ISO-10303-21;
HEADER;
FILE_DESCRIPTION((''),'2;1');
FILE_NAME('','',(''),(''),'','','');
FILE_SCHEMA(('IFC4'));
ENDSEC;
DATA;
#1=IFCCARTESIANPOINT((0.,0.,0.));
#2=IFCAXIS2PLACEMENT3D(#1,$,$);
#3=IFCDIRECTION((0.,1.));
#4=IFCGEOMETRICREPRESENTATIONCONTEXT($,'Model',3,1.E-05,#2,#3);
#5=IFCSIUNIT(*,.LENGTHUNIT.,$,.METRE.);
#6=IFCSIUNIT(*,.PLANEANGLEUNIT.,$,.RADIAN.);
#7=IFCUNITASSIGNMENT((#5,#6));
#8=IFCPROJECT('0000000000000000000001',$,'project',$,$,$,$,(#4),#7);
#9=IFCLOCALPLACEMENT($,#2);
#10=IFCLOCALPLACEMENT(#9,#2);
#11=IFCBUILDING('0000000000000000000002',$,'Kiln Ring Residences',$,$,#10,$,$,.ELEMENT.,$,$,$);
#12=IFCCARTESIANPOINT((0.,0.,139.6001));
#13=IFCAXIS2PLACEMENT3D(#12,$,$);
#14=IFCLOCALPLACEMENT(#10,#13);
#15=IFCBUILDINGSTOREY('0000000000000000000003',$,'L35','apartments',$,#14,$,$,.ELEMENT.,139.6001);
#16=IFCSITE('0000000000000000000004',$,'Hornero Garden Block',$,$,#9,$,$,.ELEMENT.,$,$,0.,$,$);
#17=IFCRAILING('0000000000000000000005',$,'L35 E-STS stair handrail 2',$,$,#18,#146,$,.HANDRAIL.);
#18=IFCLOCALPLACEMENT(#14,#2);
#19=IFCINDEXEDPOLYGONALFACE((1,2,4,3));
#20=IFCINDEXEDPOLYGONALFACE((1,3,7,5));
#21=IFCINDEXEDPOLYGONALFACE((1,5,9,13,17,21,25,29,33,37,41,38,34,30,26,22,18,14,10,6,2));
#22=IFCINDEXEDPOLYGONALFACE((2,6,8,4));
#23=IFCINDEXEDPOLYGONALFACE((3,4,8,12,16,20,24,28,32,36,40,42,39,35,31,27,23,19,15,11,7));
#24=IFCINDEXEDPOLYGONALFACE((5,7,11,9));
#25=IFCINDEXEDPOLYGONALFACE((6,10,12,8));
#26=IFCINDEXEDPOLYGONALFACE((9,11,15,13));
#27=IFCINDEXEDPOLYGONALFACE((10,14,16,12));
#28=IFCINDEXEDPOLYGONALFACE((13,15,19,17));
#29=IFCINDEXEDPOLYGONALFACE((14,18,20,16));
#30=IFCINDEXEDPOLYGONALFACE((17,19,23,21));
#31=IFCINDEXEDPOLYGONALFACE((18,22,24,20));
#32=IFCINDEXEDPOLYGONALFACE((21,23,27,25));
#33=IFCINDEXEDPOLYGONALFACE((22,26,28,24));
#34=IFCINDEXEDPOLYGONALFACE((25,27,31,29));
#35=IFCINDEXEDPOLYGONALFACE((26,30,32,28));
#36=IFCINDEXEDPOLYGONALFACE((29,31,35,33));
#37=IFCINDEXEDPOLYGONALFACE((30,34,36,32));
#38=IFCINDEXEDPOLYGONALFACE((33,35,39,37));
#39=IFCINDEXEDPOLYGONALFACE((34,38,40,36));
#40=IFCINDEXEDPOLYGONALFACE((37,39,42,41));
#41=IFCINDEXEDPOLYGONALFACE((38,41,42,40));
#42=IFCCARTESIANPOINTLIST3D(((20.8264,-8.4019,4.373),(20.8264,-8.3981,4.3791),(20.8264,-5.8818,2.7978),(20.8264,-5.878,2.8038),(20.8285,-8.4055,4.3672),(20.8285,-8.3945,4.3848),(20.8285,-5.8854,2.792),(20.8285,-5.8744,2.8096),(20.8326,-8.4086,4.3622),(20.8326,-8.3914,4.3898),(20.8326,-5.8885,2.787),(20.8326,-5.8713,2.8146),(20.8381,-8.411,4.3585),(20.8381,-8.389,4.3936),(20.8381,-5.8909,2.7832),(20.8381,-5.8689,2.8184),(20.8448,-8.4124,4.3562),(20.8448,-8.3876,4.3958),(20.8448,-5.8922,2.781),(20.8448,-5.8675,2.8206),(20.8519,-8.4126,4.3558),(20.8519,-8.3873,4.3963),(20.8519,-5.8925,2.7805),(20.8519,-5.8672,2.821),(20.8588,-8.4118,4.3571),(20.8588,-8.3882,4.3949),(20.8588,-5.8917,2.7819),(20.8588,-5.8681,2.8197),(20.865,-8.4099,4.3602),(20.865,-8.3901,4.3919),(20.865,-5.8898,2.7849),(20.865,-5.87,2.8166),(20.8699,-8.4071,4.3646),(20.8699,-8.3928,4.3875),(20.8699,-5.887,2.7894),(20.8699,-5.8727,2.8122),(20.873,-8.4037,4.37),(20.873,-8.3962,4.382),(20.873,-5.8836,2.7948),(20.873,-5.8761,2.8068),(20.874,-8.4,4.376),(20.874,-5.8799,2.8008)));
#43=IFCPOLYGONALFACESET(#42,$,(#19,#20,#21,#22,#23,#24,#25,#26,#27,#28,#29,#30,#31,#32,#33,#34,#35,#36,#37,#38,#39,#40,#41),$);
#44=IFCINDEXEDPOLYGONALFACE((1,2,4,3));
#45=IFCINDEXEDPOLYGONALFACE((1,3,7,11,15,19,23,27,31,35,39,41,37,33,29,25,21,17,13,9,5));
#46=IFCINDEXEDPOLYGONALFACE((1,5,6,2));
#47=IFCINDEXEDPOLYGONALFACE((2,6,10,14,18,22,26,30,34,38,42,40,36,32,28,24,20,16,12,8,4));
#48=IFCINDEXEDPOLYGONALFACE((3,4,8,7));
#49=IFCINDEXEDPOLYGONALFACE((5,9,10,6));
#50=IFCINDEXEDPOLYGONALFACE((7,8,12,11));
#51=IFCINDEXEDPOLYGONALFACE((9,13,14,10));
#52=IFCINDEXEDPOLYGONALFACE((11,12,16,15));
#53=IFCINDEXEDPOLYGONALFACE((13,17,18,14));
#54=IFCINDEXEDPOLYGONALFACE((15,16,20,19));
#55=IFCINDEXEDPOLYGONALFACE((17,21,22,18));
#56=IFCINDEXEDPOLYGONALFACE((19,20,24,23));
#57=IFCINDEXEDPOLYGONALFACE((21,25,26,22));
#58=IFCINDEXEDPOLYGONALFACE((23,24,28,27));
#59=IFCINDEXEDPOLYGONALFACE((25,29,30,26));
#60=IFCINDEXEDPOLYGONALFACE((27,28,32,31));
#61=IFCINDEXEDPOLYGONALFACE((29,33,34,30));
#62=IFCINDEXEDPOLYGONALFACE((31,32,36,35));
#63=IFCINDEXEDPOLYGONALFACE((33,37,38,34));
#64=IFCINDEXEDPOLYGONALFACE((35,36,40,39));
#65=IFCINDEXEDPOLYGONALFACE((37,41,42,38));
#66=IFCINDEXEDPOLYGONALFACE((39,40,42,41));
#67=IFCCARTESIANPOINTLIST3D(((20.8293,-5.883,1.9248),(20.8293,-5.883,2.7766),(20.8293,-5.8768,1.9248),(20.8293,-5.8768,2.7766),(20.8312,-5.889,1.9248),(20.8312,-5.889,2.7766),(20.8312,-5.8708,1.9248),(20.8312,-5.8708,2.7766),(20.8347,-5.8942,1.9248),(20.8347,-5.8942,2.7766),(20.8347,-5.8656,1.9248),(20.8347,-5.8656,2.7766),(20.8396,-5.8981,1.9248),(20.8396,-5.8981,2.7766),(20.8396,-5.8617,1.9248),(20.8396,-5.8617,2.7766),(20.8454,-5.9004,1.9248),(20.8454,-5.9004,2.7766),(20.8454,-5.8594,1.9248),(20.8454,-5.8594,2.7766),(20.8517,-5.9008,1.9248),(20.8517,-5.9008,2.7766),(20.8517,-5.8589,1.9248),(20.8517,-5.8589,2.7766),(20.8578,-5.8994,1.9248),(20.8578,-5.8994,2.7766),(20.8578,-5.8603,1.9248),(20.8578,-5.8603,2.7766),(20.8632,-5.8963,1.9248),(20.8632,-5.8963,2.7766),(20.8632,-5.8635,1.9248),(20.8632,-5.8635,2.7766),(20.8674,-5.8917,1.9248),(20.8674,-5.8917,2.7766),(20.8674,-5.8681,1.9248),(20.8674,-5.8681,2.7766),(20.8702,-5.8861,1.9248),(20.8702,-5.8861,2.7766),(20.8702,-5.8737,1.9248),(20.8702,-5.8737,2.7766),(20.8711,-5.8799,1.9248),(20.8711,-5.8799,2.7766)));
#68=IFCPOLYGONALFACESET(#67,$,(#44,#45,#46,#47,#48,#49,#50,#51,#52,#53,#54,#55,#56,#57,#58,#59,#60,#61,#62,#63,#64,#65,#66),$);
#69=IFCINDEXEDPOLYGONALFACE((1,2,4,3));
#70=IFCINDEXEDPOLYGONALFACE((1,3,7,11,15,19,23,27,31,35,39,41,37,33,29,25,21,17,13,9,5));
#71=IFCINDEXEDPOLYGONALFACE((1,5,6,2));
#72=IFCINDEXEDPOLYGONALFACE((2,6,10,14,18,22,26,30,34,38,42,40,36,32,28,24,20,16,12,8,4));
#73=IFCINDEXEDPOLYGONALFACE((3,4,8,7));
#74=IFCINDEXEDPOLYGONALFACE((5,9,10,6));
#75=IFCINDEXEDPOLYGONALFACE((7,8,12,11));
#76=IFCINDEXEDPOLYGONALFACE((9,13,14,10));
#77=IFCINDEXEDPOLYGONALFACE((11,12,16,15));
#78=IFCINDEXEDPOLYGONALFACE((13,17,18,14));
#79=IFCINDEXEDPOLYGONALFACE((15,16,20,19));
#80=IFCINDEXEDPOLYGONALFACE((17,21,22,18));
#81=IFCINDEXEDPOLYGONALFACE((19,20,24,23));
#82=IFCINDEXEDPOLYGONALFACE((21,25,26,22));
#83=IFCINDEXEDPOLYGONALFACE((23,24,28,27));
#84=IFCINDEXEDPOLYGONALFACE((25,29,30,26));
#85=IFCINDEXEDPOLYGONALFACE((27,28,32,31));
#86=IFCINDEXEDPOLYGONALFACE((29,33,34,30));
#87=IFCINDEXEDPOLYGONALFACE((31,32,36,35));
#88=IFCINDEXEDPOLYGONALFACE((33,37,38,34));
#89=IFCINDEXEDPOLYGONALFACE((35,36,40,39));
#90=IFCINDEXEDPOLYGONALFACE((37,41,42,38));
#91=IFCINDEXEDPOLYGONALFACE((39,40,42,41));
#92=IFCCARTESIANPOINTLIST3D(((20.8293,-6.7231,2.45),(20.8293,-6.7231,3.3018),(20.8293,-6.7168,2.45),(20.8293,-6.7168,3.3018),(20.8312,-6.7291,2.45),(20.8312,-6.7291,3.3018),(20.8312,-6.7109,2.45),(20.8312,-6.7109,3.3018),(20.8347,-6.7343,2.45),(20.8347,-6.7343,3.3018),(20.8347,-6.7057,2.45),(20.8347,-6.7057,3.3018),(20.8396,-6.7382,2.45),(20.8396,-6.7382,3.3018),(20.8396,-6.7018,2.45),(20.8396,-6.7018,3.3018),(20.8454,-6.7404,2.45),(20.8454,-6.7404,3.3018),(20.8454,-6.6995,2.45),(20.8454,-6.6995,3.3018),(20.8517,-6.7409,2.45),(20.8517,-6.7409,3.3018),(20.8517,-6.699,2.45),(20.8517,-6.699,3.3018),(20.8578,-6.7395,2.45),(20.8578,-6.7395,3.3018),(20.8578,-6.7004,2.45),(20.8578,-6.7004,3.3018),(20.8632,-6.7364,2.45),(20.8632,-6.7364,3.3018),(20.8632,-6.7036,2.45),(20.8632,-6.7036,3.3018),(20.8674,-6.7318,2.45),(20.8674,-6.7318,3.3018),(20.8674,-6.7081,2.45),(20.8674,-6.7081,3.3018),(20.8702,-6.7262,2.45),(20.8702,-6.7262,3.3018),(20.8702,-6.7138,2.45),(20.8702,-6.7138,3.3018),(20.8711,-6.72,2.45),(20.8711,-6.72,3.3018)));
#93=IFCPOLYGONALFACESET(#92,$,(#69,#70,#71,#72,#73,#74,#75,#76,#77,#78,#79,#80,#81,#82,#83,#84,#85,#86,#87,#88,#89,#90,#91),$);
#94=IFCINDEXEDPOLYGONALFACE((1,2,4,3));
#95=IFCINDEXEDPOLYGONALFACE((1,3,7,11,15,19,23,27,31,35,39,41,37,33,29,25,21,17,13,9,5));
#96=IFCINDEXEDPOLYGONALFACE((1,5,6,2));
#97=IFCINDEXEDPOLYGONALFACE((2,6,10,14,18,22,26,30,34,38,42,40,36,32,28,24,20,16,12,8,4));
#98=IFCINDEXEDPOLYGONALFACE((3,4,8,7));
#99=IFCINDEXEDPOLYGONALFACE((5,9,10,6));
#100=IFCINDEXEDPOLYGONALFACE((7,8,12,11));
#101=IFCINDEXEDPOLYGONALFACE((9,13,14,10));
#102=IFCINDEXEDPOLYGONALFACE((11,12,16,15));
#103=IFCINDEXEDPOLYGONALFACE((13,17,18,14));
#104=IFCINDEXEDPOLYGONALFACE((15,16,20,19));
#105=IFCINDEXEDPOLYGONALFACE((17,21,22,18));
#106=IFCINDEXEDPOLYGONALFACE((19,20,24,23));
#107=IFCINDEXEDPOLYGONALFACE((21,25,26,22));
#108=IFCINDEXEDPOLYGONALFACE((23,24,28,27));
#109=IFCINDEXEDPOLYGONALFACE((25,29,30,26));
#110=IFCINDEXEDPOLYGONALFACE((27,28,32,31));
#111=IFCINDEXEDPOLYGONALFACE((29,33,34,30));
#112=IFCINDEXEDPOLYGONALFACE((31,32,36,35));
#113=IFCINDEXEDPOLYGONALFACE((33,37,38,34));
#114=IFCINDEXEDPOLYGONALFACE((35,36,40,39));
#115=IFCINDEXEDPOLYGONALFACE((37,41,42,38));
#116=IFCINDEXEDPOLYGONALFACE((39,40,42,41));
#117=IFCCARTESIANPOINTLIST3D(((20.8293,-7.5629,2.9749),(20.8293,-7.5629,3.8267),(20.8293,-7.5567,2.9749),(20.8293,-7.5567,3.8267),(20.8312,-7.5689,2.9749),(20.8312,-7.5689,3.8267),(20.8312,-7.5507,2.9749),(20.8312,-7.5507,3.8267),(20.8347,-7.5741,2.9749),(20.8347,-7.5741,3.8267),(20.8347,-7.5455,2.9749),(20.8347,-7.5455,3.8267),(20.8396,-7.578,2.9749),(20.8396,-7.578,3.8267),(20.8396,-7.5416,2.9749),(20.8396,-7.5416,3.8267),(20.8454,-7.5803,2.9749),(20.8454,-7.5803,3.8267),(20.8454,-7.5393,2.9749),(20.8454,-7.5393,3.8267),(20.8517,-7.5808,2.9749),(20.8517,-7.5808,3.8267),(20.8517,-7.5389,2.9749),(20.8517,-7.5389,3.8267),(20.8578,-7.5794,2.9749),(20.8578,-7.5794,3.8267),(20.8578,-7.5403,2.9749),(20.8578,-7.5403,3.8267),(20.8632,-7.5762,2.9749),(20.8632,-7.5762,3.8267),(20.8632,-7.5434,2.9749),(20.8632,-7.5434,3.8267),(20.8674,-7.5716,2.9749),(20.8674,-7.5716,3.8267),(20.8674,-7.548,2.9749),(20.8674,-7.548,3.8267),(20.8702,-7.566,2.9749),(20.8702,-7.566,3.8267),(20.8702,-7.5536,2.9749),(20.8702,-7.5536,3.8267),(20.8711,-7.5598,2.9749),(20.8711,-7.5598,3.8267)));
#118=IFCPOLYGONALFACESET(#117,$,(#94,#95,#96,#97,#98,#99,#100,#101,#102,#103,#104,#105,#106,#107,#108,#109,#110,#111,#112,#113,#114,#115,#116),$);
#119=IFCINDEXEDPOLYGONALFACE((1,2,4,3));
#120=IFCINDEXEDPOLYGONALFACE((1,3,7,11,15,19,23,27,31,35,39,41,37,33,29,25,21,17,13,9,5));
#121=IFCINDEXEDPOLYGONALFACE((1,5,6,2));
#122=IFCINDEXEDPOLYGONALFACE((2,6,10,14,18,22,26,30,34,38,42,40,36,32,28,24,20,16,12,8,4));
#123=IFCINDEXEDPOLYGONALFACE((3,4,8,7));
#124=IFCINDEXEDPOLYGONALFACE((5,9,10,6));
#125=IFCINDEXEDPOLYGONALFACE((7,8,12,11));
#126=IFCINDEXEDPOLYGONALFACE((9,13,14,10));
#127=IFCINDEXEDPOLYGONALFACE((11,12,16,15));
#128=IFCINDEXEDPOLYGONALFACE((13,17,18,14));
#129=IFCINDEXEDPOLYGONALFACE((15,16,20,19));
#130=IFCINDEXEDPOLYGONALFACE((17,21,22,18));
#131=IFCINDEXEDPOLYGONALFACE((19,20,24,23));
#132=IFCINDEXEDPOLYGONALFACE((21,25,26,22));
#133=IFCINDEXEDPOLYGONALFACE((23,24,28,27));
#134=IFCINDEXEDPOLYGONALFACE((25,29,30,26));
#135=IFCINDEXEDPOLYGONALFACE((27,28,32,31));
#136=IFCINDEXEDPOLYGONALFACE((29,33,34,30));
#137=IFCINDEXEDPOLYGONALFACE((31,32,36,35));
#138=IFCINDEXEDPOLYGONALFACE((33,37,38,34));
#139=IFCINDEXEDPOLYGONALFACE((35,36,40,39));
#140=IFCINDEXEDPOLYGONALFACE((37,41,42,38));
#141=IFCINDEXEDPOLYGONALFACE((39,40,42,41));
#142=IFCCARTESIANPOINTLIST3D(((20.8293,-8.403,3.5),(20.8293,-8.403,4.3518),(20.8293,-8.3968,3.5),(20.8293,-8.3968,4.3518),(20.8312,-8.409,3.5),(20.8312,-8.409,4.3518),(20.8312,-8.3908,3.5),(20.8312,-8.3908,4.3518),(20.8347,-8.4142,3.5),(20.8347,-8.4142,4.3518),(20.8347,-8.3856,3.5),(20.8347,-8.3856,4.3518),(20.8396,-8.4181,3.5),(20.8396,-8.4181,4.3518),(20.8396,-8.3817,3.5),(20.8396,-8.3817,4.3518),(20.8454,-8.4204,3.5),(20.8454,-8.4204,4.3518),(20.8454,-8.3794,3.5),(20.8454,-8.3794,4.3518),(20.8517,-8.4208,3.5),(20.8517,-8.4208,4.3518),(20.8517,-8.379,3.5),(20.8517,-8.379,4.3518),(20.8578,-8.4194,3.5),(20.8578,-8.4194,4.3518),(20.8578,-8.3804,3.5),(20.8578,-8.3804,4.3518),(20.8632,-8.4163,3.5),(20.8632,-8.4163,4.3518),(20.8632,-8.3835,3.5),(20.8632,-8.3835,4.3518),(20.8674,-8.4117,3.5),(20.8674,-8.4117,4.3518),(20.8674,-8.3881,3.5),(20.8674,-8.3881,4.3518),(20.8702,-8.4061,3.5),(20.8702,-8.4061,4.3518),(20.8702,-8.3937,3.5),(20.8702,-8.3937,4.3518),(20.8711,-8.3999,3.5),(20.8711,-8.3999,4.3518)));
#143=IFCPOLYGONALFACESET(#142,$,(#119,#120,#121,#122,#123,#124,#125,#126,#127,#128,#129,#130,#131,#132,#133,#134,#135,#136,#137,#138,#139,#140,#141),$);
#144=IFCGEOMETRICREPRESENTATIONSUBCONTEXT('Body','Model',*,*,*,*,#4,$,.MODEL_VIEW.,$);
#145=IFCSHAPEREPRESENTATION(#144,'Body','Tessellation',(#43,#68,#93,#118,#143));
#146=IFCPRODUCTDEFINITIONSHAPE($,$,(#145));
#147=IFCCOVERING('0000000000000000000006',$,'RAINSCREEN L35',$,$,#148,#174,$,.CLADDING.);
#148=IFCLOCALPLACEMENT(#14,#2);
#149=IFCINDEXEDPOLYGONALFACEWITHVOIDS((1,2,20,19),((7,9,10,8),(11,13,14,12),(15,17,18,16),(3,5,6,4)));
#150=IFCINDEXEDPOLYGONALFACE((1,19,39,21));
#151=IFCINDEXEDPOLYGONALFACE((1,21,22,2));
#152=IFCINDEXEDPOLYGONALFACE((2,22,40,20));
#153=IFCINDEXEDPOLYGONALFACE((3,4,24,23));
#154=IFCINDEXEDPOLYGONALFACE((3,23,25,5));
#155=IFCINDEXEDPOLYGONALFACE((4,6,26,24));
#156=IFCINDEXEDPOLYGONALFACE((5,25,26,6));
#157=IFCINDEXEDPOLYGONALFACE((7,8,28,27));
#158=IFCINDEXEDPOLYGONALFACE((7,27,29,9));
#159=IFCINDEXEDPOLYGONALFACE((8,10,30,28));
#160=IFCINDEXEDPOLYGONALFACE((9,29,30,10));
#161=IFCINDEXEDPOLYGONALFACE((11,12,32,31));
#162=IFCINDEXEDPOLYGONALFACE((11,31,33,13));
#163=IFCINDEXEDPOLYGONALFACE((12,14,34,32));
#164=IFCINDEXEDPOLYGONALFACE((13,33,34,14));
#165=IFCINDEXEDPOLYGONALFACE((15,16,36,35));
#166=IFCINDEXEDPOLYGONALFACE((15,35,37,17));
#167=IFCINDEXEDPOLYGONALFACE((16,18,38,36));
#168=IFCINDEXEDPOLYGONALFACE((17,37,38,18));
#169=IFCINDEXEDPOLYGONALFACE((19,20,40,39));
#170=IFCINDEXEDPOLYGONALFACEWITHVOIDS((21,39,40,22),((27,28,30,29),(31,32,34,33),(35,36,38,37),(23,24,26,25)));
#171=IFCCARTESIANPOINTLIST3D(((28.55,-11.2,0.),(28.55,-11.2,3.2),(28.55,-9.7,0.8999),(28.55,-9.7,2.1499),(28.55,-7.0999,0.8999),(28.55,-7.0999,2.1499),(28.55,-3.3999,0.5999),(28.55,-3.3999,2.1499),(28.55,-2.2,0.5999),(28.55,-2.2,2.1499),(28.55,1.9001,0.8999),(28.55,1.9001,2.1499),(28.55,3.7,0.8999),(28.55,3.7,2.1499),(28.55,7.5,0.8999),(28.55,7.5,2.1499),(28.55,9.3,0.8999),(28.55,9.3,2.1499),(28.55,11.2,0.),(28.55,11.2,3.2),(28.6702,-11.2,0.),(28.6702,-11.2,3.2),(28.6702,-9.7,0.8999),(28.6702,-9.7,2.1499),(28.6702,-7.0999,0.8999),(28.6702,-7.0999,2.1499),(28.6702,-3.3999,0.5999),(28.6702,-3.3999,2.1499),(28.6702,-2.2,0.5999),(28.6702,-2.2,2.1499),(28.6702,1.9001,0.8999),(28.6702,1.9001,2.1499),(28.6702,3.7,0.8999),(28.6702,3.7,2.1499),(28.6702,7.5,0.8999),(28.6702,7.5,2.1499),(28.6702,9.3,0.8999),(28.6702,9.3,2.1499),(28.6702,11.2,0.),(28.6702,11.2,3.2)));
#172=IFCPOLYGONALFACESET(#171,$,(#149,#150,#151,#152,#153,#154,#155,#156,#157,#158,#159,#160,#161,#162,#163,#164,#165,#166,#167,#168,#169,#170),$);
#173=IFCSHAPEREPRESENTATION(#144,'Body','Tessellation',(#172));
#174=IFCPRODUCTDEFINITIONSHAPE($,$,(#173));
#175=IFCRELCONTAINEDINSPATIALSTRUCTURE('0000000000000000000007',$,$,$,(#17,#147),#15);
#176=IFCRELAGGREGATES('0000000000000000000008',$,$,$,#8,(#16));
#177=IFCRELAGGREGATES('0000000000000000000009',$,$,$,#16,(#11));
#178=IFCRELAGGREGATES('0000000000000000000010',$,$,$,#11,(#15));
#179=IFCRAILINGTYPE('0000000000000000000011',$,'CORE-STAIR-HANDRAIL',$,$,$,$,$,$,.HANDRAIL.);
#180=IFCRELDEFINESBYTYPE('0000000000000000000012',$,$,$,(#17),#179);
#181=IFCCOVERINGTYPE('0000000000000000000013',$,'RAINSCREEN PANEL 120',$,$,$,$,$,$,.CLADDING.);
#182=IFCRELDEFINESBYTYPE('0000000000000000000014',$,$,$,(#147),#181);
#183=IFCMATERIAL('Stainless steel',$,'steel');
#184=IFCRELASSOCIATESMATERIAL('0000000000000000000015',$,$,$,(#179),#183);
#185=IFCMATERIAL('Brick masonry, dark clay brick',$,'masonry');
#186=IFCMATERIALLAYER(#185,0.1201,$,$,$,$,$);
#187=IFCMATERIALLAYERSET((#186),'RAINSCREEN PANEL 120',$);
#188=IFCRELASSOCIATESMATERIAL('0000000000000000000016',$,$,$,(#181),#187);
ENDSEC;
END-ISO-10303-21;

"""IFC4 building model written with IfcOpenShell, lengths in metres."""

from ifc_helpers import new_model, si_unit, direction, frame, origin, origin_2d, place, context, subcontext, project, spatial, polyline, circle, outline, extrude, material, layer, layer_set, type_object, element, save


model = new_model("IFC4")

# Units and contexts
model_context = context("Model", 3, precision=1e-05, world=origin(), true_north=direction((0.0, 1.0)))
body_context = subcontext(model_context, "Body", "Model", "MODEL_VIEW")
ifc_project = project(units=[si_unit("LENGTHUNIT", "METRE"), si_unit("PLANEANGLEUNIT", "RADIAN")], contexts=[model_context])

# Site, building, storey
site_placement = place(None, origin())
site = spatial("IfcSite", under=ifc_project, at=site_placement, Name="Hornero Garden Block", CompositionType="ELEMENT", RefElevation=0.0)
building_placement = place(site_placement, origin())
building = spatial("IfcBuilding", under=site, at=building_placement, Name="Kiln Ring Residences", CompositionType="ELEMENT")
storey_placement = place(building_placement, frame((0.0, 0.0, 139.6001)))
storey = spatial("IfcBuildingStorey", under=building, at=storey_placement, Name="L35", Description="apartments", CompositionType="ELEMENT", Elevation=139.6001)

# Railing
ifc_material_1 = material(Name="Stainless steel", Category="steel")
railing_type_1 = type_object("IfcRailingType", Name="CORE-STAIR-HANDRAIL", PredefinedType="HANDRAIL", material=ifc_material_1)
railing_1_placement = place(storey_placement, frame((20.8501, -5.8799, 1.9248)))
element("IfcRailing", 1, at=railing_1_placement, inside=storey, type_object=railing_type_1, Name="L35 E-STS stair handrail 2", PredefinedType="HANDRAIL", context=body_context, shape_type="SweptSolid", body=[
    extrude(circle(Radius=0.0239, at=origin_2d()), frame((0.0, 0.0, 0.876), z_axis=(0.0, -0.847971, 0.530043), x_axis=(1.0, 0.0, 0.0)), (0.0, 0.0, 1.0), 2.9719),
    extrude(circle(Radius=0.021, at=origin_2d()), origin(), (0.0, 0.0, 1.0), 0.8518),
    extrude(circle(Radius=0.021, at=origin_2d()), frame((0.0, -0.8401, 0.5251)), (0.0, 0.0, 1.0), 0.8518),
    extrude(circle(Radius=0.021, at=origin_2d()), frame((0.0, -1.6799, 1.05)), (0.0, 0.0, 1.0), 0.8518),
    extrude(circle(Radius=0.021, at=origin_2d()), frame((0.0, -2.52, 1.5752)), (0.0, 0.0, 1.0), 0.8518),
])

# Covering
ifc_material_2 = material(Name="Brick masonry, dark clay brick", Category="masonry")
ifc_layer_1 = layer(ifc_material_2, 0.1201)
ifc_layer_set_1 = layer_set([ifc_layer_1], Name="RAINSCREEN PANEL 120")
covering_type = type_object("IfcCoveringType", Name="RAINSCREEN PANEL 120", PredefinedType="CLADDING", material=ifc_layer_set_1)
covering_placement = place(storey_placement, frame((28.6101, -11.2, 0.0), z_axis=(0.0, 0.0, 1.0), x_axis=(0.0, 1.0, 0.0)))
element("IfcCovering", 2, at=covering_placement, inside=storey, type_object=covering_type, Name="RAINSCREEN L35", PredefinedType="CLADDING", context=body_context, shape_type="SweptSolid", body=[
    extrude(outline(polyline([(0.0, 0.0), (22.3999, 0.0), (22.3999, 3.2), (0.0, 3.2), (0.0, 0.0)]), holes=[polyline([(9.0, 0.5999), (9.0, 2.1499), (7.8, 2.1499), (7.8, 0.5999), (9.0, 0.5999)]), polyline([(4.1001, 0.8999), (4.1001, 2.1499), (1.5, 2.1499), (1.5, 0.8999), (4.1001, 0.8999)]), polyline([(14.8999, 0.8999), (14.8999, 2.1499), (13.1001, 2.1499), (13.1001, 0.8999), (14.8999, 0.8999)]), polyline([(20.5, 0.8999), (20.5, 2.1499), (18.7, 2.1499), (18.7, 0.8999), (20.5, 0.8999)])]), frame((0.0, 0.0601, 0.0), z_axis=(0.0, -1.0, 0.0), x_axis=(1.0, 0.0, 0.0)), (0.0, 0.0, 1.0), 0.1201),
])

save(model, "model.ifc")
